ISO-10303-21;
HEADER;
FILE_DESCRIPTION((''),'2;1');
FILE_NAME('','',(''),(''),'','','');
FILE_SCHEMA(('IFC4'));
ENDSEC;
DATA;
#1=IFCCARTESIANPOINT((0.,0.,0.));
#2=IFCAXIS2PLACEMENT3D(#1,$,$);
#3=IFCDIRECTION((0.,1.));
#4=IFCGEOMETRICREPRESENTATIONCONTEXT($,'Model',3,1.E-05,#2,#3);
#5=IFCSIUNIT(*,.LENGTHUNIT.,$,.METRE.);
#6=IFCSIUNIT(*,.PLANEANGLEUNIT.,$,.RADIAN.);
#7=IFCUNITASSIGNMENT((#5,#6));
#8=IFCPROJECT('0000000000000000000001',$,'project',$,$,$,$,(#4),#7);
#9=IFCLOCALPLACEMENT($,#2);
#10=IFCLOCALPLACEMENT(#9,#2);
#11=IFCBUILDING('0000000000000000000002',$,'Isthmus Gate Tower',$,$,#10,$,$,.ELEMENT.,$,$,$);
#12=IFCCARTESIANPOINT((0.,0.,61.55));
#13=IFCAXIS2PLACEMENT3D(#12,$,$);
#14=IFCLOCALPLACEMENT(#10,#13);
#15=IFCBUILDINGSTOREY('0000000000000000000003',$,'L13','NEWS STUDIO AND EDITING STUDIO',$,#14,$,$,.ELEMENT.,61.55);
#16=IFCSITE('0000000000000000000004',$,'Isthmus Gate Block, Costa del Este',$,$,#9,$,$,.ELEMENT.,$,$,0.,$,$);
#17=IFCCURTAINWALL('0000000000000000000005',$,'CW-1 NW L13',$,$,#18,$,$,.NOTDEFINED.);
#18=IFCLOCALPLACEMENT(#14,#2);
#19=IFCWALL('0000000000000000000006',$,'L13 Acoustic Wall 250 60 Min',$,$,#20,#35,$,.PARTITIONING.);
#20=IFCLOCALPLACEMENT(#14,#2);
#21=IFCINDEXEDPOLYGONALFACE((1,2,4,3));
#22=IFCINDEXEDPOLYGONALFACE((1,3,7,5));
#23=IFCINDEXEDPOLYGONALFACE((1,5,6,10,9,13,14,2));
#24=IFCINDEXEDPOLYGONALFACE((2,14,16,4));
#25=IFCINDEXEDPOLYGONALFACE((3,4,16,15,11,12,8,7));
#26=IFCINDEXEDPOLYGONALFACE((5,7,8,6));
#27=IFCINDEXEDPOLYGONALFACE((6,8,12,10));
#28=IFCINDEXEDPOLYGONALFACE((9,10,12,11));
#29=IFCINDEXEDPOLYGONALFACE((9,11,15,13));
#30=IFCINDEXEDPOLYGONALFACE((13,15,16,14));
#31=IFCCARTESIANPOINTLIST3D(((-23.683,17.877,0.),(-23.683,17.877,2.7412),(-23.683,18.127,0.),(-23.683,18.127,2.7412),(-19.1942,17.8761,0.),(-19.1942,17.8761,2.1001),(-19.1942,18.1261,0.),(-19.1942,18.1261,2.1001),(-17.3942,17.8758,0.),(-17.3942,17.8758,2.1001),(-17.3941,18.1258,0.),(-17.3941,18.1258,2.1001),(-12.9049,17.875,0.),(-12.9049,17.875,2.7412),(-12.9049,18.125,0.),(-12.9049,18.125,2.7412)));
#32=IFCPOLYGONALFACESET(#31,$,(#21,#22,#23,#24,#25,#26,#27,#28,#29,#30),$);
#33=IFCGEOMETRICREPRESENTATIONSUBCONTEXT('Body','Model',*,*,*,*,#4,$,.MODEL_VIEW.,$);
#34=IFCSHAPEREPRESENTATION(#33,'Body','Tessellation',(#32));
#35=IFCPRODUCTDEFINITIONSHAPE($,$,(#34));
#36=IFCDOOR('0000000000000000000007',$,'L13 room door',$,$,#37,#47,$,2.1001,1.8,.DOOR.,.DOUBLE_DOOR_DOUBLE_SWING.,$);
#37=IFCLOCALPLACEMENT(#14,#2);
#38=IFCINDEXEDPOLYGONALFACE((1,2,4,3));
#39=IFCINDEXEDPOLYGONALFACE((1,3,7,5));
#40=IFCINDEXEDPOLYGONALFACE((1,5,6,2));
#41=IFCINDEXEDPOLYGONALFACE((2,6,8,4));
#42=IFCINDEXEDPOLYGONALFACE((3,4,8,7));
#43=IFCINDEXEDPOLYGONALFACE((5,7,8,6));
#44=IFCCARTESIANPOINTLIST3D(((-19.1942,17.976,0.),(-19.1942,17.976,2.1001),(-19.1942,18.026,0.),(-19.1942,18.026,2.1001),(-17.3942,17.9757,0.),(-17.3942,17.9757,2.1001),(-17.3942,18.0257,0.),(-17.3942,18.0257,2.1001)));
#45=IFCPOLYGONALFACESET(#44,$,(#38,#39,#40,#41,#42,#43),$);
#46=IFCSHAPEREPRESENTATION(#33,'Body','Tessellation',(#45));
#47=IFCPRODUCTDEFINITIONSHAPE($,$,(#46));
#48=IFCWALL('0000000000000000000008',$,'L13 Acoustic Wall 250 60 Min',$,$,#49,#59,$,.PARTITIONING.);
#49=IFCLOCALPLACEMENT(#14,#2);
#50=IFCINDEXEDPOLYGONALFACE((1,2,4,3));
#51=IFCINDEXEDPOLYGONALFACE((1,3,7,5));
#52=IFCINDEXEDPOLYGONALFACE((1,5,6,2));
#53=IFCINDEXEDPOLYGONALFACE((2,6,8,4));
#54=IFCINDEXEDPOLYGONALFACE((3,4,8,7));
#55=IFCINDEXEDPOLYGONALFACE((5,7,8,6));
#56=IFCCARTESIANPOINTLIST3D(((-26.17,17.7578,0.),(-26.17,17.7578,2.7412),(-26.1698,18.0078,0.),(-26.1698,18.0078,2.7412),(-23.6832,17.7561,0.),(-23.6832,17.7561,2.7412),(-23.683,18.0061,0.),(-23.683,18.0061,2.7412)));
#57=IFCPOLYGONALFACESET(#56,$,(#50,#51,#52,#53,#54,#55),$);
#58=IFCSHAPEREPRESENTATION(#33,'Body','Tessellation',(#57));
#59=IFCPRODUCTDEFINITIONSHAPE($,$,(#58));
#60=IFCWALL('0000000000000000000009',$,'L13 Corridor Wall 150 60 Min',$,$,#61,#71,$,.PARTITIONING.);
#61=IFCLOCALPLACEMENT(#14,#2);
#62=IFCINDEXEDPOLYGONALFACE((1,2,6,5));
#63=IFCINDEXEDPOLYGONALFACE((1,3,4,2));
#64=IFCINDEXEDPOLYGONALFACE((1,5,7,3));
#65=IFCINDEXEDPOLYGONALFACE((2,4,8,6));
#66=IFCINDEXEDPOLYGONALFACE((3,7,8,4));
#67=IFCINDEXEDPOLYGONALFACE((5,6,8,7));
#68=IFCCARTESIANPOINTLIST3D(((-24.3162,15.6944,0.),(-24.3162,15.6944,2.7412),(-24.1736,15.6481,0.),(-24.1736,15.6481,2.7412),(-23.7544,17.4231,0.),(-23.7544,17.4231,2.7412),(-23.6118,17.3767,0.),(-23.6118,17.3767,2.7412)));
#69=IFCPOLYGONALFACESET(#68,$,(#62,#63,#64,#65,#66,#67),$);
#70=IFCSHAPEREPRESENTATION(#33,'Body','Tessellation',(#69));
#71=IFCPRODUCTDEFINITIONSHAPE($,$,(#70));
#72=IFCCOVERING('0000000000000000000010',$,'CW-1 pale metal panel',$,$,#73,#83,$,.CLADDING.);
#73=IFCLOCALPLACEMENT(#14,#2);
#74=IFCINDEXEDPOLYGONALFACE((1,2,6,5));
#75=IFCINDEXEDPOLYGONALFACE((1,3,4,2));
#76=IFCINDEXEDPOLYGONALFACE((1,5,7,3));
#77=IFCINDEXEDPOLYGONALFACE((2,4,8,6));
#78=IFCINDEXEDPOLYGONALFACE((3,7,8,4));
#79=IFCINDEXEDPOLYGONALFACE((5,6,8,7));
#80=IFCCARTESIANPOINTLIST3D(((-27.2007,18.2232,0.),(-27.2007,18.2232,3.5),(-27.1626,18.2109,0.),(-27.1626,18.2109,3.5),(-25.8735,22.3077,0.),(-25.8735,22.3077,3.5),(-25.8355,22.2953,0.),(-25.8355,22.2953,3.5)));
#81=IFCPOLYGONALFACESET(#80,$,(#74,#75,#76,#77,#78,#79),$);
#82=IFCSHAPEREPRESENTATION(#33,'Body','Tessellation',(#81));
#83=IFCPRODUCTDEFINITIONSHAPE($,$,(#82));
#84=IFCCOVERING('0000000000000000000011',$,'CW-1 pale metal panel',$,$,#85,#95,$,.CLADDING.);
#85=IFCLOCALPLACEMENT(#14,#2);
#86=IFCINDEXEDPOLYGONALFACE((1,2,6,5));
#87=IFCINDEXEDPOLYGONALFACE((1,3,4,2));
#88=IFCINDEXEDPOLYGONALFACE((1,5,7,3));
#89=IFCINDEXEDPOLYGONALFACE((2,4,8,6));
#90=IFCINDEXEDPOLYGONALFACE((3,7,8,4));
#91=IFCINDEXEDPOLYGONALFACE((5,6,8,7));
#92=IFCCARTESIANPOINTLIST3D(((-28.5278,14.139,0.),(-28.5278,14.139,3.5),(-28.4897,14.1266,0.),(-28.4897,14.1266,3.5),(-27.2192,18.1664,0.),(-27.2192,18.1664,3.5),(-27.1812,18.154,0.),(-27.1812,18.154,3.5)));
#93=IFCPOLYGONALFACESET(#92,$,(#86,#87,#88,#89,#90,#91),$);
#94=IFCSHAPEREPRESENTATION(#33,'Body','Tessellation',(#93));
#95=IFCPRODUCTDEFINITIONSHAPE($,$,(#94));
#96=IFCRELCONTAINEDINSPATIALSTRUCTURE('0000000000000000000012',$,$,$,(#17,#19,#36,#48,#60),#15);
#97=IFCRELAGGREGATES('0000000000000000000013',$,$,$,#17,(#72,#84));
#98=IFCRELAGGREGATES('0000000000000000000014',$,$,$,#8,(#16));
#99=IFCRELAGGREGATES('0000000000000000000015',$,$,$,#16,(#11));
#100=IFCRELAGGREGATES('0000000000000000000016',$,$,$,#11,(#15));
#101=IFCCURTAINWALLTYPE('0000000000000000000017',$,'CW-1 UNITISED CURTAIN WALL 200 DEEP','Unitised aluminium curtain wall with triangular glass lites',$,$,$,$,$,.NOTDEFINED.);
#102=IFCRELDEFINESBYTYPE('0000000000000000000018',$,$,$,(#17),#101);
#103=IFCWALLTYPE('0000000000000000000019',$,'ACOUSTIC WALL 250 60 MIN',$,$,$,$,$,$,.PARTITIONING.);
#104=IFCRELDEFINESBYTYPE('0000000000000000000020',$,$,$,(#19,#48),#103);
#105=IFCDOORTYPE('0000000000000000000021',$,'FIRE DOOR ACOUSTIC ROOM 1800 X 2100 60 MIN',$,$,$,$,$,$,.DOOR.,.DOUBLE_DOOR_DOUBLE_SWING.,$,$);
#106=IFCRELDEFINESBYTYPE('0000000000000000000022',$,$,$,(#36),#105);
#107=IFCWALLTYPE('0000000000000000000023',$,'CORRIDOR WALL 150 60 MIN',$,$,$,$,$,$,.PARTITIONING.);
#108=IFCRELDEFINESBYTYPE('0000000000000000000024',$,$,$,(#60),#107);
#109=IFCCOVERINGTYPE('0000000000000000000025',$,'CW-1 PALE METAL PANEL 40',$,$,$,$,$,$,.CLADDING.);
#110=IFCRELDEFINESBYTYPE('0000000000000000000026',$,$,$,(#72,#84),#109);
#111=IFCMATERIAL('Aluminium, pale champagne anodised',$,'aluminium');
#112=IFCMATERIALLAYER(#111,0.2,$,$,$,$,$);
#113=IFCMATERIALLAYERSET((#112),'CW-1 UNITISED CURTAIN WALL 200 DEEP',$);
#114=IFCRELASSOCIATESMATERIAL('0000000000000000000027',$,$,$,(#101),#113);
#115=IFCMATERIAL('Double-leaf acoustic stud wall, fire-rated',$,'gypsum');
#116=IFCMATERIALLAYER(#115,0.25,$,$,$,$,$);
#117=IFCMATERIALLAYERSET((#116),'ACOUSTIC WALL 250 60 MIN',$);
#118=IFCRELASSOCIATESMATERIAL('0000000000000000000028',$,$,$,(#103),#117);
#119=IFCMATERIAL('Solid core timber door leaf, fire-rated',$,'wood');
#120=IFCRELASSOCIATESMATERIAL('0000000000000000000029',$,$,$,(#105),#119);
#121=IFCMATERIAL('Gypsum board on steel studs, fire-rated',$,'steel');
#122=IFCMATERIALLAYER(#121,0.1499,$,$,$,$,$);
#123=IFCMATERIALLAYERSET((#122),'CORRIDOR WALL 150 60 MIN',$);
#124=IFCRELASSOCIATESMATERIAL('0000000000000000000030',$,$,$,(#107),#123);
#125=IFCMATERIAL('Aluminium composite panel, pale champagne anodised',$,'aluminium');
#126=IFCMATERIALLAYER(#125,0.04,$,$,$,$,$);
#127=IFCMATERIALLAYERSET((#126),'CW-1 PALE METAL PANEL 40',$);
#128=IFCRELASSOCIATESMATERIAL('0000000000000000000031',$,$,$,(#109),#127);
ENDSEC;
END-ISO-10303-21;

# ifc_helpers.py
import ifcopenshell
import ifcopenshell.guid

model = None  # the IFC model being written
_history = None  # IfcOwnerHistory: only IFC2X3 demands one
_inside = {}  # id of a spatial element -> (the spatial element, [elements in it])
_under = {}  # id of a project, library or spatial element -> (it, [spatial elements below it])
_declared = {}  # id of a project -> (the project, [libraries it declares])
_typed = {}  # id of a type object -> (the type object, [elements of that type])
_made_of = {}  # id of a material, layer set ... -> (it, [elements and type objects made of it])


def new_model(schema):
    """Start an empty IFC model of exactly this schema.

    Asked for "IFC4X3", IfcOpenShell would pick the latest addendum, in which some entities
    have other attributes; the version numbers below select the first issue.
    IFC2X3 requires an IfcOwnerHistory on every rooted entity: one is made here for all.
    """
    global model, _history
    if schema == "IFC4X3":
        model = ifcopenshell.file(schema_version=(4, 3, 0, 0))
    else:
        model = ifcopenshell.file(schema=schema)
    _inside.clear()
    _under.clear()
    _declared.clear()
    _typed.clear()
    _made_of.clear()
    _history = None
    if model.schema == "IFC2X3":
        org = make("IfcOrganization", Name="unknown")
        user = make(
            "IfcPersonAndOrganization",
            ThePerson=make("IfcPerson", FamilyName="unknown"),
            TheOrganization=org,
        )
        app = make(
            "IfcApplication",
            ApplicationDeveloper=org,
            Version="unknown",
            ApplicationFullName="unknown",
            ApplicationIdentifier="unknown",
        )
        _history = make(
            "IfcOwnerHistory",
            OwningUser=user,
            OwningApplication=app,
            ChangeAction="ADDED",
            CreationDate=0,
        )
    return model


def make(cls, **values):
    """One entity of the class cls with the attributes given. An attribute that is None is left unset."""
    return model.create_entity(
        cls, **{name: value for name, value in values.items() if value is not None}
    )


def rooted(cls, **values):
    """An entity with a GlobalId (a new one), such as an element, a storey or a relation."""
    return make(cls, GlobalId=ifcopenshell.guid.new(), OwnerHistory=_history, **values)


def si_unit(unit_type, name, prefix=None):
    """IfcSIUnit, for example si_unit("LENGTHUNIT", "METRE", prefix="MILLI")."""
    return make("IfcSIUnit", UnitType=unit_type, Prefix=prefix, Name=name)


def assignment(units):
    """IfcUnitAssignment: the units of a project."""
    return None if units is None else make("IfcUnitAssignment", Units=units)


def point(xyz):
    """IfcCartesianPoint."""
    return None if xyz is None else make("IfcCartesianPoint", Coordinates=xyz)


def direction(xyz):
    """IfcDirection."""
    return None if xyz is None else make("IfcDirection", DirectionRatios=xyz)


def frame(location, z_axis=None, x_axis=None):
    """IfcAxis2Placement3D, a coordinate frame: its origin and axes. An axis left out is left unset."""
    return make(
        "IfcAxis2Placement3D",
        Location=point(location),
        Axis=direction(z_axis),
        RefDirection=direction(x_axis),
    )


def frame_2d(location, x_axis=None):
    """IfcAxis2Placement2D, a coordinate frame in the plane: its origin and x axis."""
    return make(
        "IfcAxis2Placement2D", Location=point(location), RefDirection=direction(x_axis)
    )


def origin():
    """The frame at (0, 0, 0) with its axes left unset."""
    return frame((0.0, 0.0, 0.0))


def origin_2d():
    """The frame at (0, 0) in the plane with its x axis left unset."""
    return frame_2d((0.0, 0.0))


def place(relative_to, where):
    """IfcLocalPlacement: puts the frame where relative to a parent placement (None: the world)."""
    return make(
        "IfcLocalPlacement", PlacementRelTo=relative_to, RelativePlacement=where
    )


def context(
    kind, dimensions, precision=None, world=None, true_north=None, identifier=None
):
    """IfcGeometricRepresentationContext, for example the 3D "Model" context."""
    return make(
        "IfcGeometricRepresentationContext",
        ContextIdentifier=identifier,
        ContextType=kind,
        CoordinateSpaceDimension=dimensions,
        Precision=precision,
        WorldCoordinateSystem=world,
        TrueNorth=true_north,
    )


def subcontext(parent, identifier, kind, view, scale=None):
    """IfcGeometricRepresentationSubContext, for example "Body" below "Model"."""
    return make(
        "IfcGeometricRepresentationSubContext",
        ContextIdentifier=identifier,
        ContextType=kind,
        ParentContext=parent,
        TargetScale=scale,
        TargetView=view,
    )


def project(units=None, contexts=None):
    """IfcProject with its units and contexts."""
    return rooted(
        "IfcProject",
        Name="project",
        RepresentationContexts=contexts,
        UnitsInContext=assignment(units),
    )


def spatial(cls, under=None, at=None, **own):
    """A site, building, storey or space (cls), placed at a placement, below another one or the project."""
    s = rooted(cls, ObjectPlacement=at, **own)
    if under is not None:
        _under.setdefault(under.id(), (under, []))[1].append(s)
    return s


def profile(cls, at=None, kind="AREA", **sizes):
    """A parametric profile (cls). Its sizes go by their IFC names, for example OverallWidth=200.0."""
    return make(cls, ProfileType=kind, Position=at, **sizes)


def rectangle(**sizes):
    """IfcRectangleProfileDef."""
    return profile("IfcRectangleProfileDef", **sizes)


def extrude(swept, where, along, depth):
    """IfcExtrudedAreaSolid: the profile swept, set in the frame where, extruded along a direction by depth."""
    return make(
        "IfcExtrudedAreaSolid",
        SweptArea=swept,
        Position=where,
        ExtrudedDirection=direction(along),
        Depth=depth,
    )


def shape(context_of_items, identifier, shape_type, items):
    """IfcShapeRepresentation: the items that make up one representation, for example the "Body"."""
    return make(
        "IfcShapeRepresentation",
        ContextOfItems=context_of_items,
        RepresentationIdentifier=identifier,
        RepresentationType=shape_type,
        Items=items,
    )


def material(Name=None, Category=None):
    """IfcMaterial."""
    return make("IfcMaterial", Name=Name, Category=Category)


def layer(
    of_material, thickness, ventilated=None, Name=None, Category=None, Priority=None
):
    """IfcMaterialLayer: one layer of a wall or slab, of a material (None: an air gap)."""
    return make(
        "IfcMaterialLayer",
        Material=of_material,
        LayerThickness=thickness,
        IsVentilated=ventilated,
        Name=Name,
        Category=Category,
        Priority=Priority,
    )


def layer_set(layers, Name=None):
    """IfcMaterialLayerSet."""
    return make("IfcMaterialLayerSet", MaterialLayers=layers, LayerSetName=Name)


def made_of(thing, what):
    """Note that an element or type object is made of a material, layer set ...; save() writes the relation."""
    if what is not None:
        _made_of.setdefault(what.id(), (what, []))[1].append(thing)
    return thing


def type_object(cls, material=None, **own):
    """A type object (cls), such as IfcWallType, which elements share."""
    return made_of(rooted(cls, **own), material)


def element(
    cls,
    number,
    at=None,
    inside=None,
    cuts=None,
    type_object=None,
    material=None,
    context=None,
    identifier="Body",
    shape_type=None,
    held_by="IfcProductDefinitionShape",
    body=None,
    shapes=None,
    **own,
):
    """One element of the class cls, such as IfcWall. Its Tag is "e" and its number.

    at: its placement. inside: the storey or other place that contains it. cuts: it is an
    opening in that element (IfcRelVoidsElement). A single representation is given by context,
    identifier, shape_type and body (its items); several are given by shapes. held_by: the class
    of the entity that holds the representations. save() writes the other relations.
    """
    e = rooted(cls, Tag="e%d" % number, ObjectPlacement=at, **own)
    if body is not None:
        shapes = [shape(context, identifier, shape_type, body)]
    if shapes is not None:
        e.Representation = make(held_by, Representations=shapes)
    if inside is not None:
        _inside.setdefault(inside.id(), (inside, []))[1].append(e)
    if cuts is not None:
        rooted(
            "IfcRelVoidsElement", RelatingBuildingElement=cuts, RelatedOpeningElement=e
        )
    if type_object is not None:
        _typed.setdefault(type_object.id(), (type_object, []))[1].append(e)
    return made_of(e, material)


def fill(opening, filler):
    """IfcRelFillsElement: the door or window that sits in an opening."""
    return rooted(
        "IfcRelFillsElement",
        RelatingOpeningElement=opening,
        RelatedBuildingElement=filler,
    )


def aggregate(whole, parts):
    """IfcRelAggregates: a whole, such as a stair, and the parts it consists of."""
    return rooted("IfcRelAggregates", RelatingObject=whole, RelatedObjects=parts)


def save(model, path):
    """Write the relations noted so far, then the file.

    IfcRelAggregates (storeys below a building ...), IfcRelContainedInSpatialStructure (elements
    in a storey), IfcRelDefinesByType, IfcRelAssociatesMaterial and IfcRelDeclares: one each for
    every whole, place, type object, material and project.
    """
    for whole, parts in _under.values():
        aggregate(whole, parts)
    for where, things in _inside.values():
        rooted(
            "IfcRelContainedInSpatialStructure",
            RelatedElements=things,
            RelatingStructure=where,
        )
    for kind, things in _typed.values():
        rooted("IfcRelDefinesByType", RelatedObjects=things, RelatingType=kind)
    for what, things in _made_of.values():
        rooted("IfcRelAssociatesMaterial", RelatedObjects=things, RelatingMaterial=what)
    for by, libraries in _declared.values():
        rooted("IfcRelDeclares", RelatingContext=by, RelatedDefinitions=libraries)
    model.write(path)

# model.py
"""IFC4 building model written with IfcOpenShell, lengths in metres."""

from ifc_helpers import new_model, si_unit, direction, frame, frame_2d, origin, origin_2d, place, context, subcontext, project, spatial, rectangle, extrude, material, layer, layer_set, type_object, element, fill, aggregate, save


model = new_model("IFC4")

# Units and contexts
model_context = context("Model", 3, precision=1e-05, world=origin(), true_north=direction((0.0, 1.0)))
body_context = subcontext(model_context, "Body", "Model", "MODEL_VIEW")
ifc_project = project(units=[si_unit("LENGTHUNIT", "METRE"), si_unit("PLANEANGLEUNIT", "RADIAN")], contexts=[model_context])

# Site, building, storey
site_placement = place(None, origin())
site = spatial("IfcSite", under=ifc_project, at=site_placement, Name="Isthmus Gate Block, Costa del Este", CompositionType="ELEMENT", RefElevation=0.0)
building_placement = place(site_placement, origin())
building = spatial("IfcBuilding", under=site, at=building_placement, Name="Isthmus Gate Tower", CompositionType="ELEMENT")
storey_placement = place(building_placement, frame((0.0, 0.0, 61.55)))
storey = spatial("IfcBuildingStorey", under=building, at=storey_placement, Name="L13", Description="NEWS STUDIO AND EDITING STUDIO", CompositionType="ELEMENT", Elevation=61.55)

# Shared definitions
ifc_material_1 = material(Name="Aluminium, pale champagne anodised", Category="aluminium")
ifc_layer_1 = layer(ifc_material_1, 0.2)
ifc_layer_set_1 = layer_set([ifc_layer_1], Name="CW-1 UNITISED CURTAIN WALL 200 DEEP")
curtain_wall_type = type_object("IfcCurtainWallType", Name="CW-1 UNITISED CURTAIN WALL 200 DEEP", Description="Unitised aluminium curtain wall with triangular glass lites", PredefinedType="NOTDEFINED", material=ifc_layer_set_1)

# Curtain wall
curtain_wall_1_placement = place(storey_placement, origin())
curtain_wall_1 = element("IfcCurtainWall", 1, at=curtain_wall_1_placement, inside=storey, type_object=curtain_wall_type, Name="CW-1 NW L13", PredefinedType="NOTDEFINED")

# Wall, opening, door
ifc_material_2 = material(Name="Double-leaf acoustic stud wall, fire-rated", Category="gypsum")
ifc_layer_2 = layer(ifc_material_2, 0.25)
ifc_layer_set_2 = layer_set([ifc_layer_2], Name="ACOUSTIC WALL 250 60 MIN")
wall_type_1 = type_object("IfcWallType", Name="ACOUSTIC WALL 250 60 MIN", PredefinedType="PARTITIONING", material=ifc_layer_set_2)
wall_1_placement = place(storey_placement, frame((-23.6831, 18.002, 0.0), z_axis=(0.0, 0.0, 1.0), x_axis=(1.0, -0.000181, 0.0)))
wall_1 = element("IfcWall", 2, at=wall_1_placement, inside=storey, type_object=wall_type_1, Name="L13 Acoustic Wall 250 60 Min", PredefinedType="PARTITIONING", context=body_context, shape_type="SweptSolid", body=[
    extrude(rectangle(XDim=10.7781, YDim=0.25, at=frame_2d((5.3892, 0.0))), origin(), (0.0, 0.0, 1.0), 2.7412),
])
opening_placement = place(wall_1_placement, frame((4.489, 0.0, 0.0)))
opening = element("IfcOpeningElement", 3, at=opening_placement, cuts=wall_1, PredefinedType="OPENING", context=body_context, shape_type="SweptSolid", body=[
    extrude(rectangle(XDim=1.8, YDim=2.1001, at=frame_2d((0.8999, 1.05))), frame((0.0, 0.135, 0.0), z_axis=(0.0, -1.0, 0.0), x_axis=(1.0, 0.0, 0.0)), (0.0, 0.0, 1.0), 0.27),
])
ifc_material_3 = material(Name="Solid core timber door leaf, fire-rated", Category="wood")
door_type = type_object("IfcDoorType", Name="FIRE DOOR ACOUSTIC ROOM 1800 X 2100 60 MIN", OperationType="DOUBLE_DOOR_DOUBLE_SWING", PredefinedType="DOOR", material=ifc_material_3)
door_placement = place(opening_placement, origin())
door = element("IfcDoor", 4, at=door_placement, inside=storey, type_object=door_type, Name="L13 room door", OperationType="DOUBLE_DOOR_DOUBLE_SWING", OverallHeight=2.1001, OverallWidth=1.8, PredefinedType="DOOR", context=body_context, shape_type="SweptSolid", body=[
    extrude(rectangle(XDim=1.8, YDim=2.1001, at=frame_2d((0.8999, 1.05))), frame((0.0, 0.0249, 0.0), z_axis=(0.0, -1.0, 0.0), x_axis=(1.0, 0.0, 0.0)), (0.0, 0.0, 1.0), 0.05),
])
fill(opening, door)

# Walls
wall_2_placement = place(storey_placement, frame((-26.1699, 17.8828, 0.0), z_axis=(0.0, 0.0, 1.0), x_axis=(1.0, -0.000687, 0.0)))
element("IfcWall", 5, at=wall_2_placement, inside=storey, type_object=wall_type_1, Name="L13 Acoustic Wall 250 60 Min", PredefinedType="PARTITIONING", context=body_context, shape_type="SweptSolid", body=[
    extrude(rectangle(XDim=2.4868, YDim=0.25, at=frame_2d((1.2434, 0.0))), origin(), (0.0, 0.0, 1.0), 2.7412),
])
ifc_material_4 = material(Name="Gypsum board on steel studs, fire-rated", Category="steel")
ifc_layer_3 = layer(ifc_material_4, 0.1499)
ifc_layer_set_3 = layer_set([ifc_layer_3], Name="CORRIDOR WALL 150 60 MIN")
wall_type_2 = type_object("IfcWallType", Name="CORRIDOR WALL 150 60 MIN", PredefinedType="PARTITIONING", material=ifc_layer_set_3)
wall_3_placement = place(storey_placement, frame((-24.2449, 15.6714, 0.0), z_axis=(0.0, 0.0, 1.0), x_axis=(0.309086, 0.951034, 0.0)))
element("IfcWall", 6, at=wall_3_placement, inside=storey, type_object=wall_type_2, Name="L13 Corridor Wall 150 60 Min", PredefinedType="PARTITIONING", context=body_context, shape_type="SweptSolid", body=[
    extrude(rectangle(XDim=1.8176, YDim=0.1499, at=frame_2d((0.9087, 0.0))), origin(), (0.0, 0.0, 1.0), 2.7412),
])

# Coverings
ifc_material_5 = material(Name="Aluminium composite panel, pale champagne anodised", Category="aluminium")
ifc_layer_4 = layer(ifc_material_5, 0.04)
ifc_layer_set_4 = layer_set([ifc_layer_4], Name="CW-1 PALE METAL PANEL 40")
covering_type = type_object("IfcCoveringType", Name="CW-1 PALE METAL PANEL 40", PredefinedType="CLADDING", material=ifc_layer_set_4)
covering_1_placement = place(storey_placement, frame((-26.5181, 20.2593, 0.0), z_axis=(0.0, 0.0, 1.0), x_axis=(-0.309017, -0.951057, 0.0)))
covering_1 = element("IfcCovering", 7, at=covering_1_placement, type_object=covering_type, Name="CW-1 pale metal panel", PredefinedType="CLADDING", context=body_context, shape_type="SweptSolid", body=[
    extrude(rectangle(XDim=4.2947, YDim=0.04, at=origin_2d()), origin(), (0.0, 0.0, 1.0), 3.5),
])
covering_2_placement = place(storey_placement, frame((-27.8545, 16.1465, 0.0), z_axis=(0.0, 0.0, 1.0), x_axis=(-0.309017, -0.951057, 0.0)))
covering_2 = element("IfcCovering", 8, at=covering_2_placement, type_object=covering_type, Name="CW-1 pale metal panel", PredefinedType="CLADDING", context=body_context, shape_type="SweptSolid", body=[
    extrude(rectangle(XDim=4.2346, YDim=0.04, at=origin_2d()), origin(), (0.0, 0.0, 1.0), 3.5),
])
aggregate(curtain_wall_1, [covering_1, covering_2])

save(model, "model.ifc")
